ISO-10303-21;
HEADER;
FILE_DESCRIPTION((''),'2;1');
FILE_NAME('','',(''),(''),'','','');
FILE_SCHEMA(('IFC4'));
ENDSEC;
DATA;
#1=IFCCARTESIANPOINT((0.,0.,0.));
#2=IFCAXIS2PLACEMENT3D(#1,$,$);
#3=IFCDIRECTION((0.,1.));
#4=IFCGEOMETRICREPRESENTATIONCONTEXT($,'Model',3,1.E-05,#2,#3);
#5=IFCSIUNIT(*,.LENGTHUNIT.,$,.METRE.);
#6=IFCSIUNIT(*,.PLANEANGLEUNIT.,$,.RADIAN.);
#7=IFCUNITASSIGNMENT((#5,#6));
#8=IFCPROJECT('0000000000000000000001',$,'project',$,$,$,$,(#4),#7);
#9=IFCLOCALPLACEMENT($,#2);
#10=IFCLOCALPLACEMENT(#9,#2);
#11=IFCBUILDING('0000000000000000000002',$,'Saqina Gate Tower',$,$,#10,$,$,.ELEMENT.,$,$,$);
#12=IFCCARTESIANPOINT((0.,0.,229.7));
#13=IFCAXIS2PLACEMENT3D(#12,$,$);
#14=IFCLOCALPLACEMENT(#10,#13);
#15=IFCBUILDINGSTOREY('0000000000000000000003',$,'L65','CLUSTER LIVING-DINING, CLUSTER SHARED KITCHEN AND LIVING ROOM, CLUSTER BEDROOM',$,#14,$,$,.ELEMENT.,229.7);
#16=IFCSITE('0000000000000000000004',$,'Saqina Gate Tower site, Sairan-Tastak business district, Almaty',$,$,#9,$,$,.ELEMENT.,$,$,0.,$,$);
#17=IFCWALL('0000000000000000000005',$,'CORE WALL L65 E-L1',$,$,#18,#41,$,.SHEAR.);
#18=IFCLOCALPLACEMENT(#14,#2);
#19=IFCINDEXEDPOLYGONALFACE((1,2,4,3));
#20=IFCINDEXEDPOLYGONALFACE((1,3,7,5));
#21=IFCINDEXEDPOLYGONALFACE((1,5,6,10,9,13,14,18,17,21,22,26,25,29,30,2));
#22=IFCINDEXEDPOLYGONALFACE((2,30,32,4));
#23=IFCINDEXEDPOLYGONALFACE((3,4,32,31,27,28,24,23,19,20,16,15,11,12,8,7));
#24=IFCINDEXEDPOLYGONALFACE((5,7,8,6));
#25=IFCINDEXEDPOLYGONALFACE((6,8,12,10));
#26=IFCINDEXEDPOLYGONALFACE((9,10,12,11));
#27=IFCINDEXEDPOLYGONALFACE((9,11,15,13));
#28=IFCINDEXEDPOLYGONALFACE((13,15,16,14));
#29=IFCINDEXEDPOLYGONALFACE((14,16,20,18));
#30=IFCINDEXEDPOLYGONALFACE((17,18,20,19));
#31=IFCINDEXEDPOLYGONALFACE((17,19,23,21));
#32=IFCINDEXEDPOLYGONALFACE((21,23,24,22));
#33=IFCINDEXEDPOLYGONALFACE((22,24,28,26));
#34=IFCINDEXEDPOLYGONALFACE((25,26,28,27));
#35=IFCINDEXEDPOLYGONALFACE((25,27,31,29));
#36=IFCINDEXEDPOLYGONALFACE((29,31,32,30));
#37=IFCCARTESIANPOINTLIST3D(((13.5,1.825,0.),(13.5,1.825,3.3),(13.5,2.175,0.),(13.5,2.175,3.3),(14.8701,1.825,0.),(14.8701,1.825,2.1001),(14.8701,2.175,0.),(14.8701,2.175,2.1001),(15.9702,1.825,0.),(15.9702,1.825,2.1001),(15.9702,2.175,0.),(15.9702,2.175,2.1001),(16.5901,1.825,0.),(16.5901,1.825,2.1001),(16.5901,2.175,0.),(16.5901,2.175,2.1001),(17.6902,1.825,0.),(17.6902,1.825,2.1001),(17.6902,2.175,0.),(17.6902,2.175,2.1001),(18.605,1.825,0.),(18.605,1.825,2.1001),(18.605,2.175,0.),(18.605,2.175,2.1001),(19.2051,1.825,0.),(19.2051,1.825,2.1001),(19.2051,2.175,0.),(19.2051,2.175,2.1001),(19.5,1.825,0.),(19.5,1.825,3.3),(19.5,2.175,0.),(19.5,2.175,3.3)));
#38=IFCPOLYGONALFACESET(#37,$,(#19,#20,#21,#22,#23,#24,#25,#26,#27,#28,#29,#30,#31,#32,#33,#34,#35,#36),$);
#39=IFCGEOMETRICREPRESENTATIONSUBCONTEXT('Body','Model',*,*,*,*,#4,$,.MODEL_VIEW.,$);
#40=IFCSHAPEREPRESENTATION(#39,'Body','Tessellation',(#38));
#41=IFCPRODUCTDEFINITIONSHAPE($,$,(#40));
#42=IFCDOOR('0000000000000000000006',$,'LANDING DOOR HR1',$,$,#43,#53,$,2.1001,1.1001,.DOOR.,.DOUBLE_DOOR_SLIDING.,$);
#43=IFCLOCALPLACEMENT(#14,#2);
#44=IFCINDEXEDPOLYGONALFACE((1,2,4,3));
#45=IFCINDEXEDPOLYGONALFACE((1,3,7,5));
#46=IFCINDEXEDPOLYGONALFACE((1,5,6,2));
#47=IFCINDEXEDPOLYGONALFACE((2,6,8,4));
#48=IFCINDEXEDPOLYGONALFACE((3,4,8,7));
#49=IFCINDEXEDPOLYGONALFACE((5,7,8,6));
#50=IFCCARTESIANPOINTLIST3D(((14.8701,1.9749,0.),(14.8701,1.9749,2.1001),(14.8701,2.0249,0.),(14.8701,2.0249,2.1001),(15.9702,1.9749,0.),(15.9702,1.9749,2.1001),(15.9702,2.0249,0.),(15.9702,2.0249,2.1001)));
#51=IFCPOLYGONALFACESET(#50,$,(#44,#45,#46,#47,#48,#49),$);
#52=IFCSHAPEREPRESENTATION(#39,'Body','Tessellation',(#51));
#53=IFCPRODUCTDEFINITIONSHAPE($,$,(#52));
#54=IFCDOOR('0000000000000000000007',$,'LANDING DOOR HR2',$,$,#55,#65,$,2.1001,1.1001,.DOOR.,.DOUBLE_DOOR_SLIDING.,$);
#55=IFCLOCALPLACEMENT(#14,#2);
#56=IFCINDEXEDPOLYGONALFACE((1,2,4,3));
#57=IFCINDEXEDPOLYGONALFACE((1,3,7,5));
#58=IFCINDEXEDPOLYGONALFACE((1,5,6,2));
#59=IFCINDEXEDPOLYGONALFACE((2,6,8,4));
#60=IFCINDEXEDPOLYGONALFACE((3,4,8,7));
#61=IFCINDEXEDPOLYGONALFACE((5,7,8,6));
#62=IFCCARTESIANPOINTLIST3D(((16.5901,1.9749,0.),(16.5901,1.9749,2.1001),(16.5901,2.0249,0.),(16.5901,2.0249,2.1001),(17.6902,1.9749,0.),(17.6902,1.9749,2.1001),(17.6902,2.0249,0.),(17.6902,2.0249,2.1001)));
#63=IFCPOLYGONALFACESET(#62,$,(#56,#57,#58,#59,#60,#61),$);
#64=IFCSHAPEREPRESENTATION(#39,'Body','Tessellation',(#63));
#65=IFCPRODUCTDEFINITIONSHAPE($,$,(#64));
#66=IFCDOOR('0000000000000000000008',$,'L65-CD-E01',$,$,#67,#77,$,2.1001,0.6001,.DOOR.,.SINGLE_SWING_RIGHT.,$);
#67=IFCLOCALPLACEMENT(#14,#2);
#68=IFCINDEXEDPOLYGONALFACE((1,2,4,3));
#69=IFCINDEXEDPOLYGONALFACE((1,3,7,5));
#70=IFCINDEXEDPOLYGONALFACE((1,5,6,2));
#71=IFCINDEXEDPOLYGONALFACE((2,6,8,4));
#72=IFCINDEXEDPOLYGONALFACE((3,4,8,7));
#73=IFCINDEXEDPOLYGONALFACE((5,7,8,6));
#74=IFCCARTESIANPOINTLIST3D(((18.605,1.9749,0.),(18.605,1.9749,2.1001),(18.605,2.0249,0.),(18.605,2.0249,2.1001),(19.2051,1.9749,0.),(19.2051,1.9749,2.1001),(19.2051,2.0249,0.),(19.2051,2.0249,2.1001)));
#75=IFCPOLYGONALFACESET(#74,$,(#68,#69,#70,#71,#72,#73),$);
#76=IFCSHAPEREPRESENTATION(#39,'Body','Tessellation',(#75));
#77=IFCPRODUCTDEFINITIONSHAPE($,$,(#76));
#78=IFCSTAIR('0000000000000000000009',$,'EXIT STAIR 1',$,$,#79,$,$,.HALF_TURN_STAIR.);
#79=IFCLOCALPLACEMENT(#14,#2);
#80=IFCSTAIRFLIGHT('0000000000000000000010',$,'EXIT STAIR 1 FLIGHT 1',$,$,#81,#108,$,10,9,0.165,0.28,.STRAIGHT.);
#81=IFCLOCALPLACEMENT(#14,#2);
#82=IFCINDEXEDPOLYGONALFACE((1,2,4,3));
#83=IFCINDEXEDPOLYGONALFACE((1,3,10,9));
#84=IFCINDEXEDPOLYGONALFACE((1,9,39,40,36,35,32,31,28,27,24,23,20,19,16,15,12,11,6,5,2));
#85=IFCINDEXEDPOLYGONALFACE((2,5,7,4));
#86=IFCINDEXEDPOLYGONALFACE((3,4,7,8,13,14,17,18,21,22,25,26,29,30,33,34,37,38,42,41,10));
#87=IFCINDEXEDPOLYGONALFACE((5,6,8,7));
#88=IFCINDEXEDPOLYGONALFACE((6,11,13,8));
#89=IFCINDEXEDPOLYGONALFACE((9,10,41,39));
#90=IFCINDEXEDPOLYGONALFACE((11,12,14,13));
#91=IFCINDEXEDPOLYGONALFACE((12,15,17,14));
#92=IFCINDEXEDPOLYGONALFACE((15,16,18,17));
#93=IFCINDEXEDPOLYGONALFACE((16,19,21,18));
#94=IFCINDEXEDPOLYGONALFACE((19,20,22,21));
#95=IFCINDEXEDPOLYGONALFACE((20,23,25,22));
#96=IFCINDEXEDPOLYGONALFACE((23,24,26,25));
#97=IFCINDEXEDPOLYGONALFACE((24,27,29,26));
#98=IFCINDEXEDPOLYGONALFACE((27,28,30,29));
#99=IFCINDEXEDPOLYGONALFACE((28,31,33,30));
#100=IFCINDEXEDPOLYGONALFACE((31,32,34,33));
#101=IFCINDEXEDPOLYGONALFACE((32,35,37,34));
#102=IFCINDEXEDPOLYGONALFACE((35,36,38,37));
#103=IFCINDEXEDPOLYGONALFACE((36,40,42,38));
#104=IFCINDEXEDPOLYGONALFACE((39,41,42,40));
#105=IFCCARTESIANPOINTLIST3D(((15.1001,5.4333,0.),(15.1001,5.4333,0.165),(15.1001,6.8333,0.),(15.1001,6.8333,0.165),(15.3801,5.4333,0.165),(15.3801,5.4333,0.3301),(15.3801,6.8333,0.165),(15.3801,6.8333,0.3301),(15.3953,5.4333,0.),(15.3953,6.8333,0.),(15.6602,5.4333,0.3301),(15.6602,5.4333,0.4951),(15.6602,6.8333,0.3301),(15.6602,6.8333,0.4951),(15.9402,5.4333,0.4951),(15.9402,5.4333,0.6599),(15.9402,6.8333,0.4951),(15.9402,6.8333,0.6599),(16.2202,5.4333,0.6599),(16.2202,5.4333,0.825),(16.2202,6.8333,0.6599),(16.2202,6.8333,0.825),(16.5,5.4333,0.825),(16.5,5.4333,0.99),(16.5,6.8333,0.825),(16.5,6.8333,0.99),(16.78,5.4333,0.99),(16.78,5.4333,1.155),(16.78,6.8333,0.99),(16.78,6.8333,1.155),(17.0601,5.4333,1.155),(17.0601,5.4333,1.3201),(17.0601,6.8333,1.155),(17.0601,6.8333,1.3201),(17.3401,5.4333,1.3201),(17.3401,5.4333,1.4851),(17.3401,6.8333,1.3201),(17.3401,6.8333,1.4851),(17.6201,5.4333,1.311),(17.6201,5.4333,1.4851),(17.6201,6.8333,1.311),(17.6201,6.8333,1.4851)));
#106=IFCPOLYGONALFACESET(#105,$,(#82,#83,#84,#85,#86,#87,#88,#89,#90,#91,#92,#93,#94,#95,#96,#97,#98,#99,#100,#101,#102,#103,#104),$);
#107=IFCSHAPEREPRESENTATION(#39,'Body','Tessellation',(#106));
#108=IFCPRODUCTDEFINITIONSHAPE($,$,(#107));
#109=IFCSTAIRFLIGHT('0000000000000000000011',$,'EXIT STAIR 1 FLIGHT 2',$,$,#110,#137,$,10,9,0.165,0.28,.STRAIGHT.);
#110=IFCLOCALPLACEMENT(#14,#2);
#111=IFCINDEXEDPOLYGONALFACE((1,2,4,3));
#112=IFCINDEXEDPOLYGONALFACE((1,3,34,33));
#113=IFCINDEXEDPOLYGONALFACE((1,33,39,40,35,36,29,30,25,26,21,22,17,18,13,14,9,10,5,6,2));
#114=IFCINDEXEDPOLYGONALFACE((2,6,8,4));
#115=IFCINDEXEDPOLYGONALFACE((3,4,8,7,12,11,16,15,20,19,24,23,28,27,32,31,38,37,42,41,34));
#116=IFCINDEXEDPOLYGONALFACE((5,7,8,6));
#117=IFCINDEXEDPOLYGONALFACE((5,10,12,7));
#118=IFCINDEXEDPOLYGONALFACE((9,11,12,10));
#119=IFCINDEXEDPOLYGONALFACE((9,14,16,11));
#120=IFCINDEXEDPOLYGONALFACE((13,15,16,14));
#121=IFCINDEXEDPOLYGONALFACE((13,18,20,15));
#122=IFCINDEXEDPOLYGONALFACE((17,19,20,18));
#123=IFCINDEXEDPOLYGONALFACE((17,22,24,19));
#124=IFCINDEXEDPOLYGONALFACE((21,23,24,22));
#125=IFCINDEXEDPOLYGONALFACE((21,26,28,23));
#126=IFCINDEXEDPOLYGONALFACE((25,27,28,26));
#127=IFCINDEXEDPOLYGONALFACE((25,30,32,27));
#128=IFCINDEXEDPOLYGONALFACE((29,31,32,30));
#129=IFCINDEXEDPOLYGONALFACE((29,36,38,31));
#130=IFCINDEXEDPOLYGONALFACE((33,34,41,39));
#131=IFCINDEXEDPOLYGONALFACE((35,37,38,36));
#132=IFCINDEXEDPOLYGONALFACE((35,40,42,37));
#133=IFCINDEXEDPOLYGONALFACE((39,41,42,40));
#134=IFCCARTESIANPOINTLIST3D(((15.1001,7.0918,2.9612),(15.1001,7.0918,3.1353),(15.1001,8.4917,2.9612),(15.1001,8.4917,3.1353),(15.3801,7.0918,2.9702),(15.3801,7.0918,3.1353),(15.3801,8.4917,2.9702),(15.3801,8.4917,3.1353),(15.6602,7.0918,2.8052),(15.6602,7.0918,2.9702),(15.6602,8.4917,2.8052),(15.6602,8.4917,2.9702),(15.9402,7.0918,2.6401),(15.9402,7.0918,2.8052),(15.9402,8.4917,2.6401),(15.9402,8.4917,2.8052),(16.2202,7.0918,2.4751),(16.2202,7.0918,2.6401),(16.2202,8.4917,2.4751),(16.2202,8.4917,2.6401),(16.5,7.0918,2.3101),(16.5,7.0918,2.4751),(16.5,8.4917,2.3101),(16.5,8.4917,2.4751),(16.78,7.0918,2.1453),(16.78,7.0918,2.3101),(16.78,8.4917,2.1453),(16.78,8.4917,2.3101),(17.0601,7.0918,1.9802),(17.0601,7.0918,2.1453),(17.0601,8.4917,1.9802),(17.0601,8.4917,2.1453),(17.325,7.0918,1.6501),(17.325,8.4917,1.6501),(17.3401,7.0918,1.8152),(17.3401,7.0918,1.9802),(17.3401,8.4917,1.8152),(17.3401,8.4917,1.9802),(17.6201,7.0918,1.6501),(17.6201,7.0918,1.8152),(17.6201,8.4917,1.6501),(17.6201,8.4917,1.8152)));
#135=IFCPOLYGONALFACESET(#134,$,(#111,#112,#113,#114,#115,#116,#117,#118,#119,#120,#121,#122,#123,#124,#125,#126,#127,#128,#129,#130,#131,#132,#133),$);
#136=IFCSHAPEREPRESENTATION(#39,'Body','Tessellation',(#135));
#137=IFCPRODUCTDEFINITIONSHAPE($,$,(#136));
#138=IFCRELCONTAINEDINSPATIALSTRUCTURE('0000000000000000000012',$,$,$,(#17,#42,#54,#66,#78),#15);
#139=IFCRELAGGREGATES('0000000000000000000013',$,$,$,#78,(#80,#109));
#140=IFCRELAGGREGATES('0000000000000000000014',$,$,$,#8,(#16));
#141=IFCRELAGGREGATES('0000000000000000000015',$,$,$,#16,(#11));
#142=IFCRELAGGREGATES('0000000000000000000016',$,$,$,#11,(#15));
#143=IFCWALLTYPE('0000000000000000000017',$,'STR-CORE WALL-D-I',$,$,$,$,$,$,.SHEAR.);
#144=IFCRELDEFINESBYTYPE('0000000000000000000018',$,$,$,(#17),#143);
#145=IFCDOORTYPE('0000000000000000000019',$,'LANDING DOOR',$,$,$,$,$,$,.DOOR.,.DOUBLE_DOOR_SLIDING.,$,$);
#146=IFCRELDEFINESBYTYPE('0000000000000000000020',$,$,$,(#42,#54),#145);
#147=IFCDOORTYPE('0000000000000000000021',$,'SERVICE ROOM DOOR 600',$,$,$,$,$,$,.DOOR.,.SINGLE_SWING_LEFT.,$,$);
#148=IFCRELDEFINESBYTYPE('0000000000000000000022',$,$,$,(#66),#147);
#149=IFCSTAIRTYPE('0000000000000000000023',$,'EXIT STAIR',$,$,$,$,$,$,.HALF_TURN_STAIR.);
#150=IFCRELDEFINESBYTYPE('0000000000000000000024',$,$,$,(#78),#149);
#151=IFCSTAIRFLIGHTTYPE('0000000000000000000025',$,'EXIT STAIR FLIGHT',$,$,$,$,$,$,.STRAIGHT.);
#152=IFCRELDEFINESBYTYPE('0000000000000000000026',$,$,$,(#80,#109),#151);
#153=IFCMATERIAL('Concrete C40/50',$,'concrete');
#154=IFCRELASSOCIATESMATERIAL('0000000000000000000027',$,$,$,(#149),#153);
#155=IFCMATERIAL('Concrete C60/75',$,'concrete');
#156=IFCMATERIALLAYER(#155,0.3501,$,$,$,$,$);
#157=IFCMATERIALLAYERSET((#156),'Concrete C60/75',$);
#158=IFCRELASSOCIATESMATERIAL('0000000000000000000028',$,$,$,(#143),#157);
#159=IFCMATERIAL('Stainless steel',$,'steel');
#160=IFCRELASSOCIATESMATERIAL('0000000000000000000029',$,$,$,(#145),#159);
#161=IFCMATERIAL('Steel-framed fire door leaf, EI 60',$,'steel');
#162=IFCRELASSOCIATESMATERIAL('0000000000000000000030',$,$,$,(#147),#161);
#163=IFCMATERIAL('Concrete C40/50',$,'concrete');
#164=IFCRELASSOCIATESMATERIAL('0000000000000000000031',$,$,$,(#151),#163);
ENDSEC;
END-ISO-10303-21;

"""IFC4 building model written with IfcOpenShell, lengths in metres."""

from ifc_helpers import new_model, si_unit, direction, frame, frame_2d, origin, place, context, subcontext, project, spatial, polyline, rectangle, outline, extrude, material, layer, layer_set, type_object, element, fill, aggregate, save


model = new_model("IFC4")

# Units and contexts
model_context = context("Model", 3, precision=1e-05, world=origin(), true_north=direction((0.0, 1.0)))
body_context = subcontext(model_context, "Body", "Model", "MODEL_VIEW")
ifc_project = project(units=[si_unit("LENGTHUNIT", "METRE"), si_unit("PLANEANGLEUNIT", "RADIAN")], contexts=[model_context])

# Site, building, storey
site_placement = place(None, origin())
site = spatial("IfcSite", under=ifc_project, at=site_placement, Name="Saqina Gate Tower site, Sairan-Tastak business district, Almaty", CompositionType="ELEMENT", RefElevation=0.0)
building_placement = place(site_placement, origin())
building = spatial("IfcBuilding", under=site, at=building_placement, Name="Saqina Gate Tower", CompositionType="ELEMENT")
storey_placement = place(building_placement, frame((0.0, 0.0, 229.7)))
storey = spatial("IfcBuildingStorey", under=building, at=storey_placement, Name="L65", Description="CLUSTER LIVING-DINING, CLUSTER SHARED KITCHEN AND LIVING ROOM, CLUSTER BEDROOM", CompositionType="ELEMENT", Elevation=229.7)

# Shared definitions
ifc_material_1 = material(Name="Concrete C40/50", Category="concrete")
stair_type = type_object("IfcStairType", Name="EXIT STAIR", PredefinedType="HALF_TURN_STAIR", material=ifc_material_1)

# Shared definitions
ifc_material_2 = material(Name="Concrete C60/75", Category="concrete")
ifc_layer_1 = layer(ifc_material_2, 0.3501)
ifc_layer_set_1 = layer_set([ifc_layer_1], Name="Concrete C60/75")
wall_type_1 = type_object("IfcWallType", Name="STR-CORE WALL-D-I", PredefinedType="SHEAR", material=ifc_layer_set_1)

# Wall, openings, doors
wall_1_placement = place(storey_placement, frame((13.5, 2.0, 0.0), z_axis=(0.0, 0.0, 1.0), x_axis=(1.0, 0.0, 0.0)))
wall_1 = element("IfcWall", 1, at=wall_1_placement, inside=storey, type_object=wall_type_1, Name="CORE WALL L65 E-L1", PredefinedType="SHEAR", context=body_context, shape_type="SweptSolid", body=[
    extrude(rectangle(XDim=6.0, YDim=0.3501, at=frame_2d((3.0, 0.0))), origin(), (0.0, 0.0, 1.0), 3.3),
])
opening_1_placement = place(wall_1_placement, frame((1.3701, 0.0, 0.0)))
opening_1 = element("IfcOpeningElement", 2, at=opening_1_placement, cuts=wall_1, PredefinedType="OPENING", context=body_context, shape_type="SweptSolid", body=[
    extrude(rectangle(XDim=1.1001, YDim=2.1001, at=frame_2d((0.55, 1.05))), frame((0.0, 0.187, 0.0), z_axis=(0.0, -1.0, 0.0), x_axis=(1.0, 0.0, 0.0)), (0.0, 0.0, 1.0), 0.374),
])
opening_2_placement = place(wall_1_placement, frame((3.0901, 0.0, 0.0)))
opening_2 = element("IfcOpeningElement", 3, at=opening_2_placement, cuts=wall_1, PredefinedType="OPENING", context=body_context, shape_type="SweptSolid", body=[
    extrude(rectangle(XDim=1.1001, YDim=2.1001, at=frame_2d((0.55, 1.05))), frame((0.0, 0.187, 0.0), z_axis=(0.0, -1.0, 0.0), x_axis=(1.0, 0.0, 0.0)), (0.0, 0.0, 1.0), 0.374),
])
opening_3_placement = place(wall_1_placement, frame((5.105, 0.0, 0.0)))
opening_3 = element("IfcOpeningElement", 4, at=opening_3_placement, cuts=wall_1, PredefinedType="OPENING", context=body_context, shape_type="SweptSolid", body=[
    extrude(rectangle(XDim=0.6001, YDim=2.1001, at=frame_2d((0.3, 1.05))), frame((0.0, 0.187, 0.0), z_axis=(0.0, -1.0, 0.0), x_axis=(1.0, 0.0, 0.0)), (0.0, 0.0, 1.0), 0.374),
])
ifc_material_3 = material(Name="Stainless steel", Category="steel")
door_type_1 = type_object("IfcDoorType", Name="LANDING DOOR", OperationType="DOUBLE_DOOR_SLIDING", PredefinedType="DOOR", material=ifc_material_3)
door_1_placement = place(opening_1_placement, origin())
door_1 = element("IfcDoor", 5, at=door_1_placement, inside=storey, type_object=door_type_1, Name="LANDING DOOR HR1", OperationType="DOUBLE_DOOR_SLIDING", OverallHeight=2.1001, OverallWidth=1.1001, PredefinedType="DOOR", context=body_context, shape_type="SweptSolid", body=[
    extrude(rectangle(XDim=1.1001, YDim=2.1001, at=frame_2d((0.55, 1.05))), frame((0.0, 0.0249, 0.0), z_axis=(0.0, -1.0, 0.0), x_axis=(1.0, 0.0, 0.0)), (0.0, 0.0, 1.0), 0.05),
])
fill(opening_1, door_1)
door_2_placement = place(opening_2_placement, origin())
door_2 = element("IfcDoor", 6, at=door_2_placement, inside=storey, type_object=door_type_1, Name="LANDING DOOR HR2", OperationType="DOUBLE_DOOR_SLIDING", OverallHeight=2.1001, OverallWidth=1.1001, PredefinedType="DOOR", context=body_context, shape_type="SweptSolid", body=[
    extrude(rectangle(XDim=1.1001, YDim=2.1001, at=frame_2d((0.55, 1.05))), frame((0.0, 0.0249, 0.0), z_axis=(0.0, -1.0, 0.0), x_axis=(1.0, 0.0, 0.0)), (0.0, 0.0, 1.0), 0.05),
])
fill(opening_2, door_2)
ifc_material_4 = material(Name="Steel-framed fire door leaf, EI 60", Category="steel")
door_type_2 = type_object("IfcDoorType", Name="SERVICE ROOM DOOR 600", OperationType="SINGLE_SWING_LEFT", PredefinedType="DOOR", material=ifc_material_4)
door_3_placement = place(opening_3_placement, origin())
door_3 = element("IfcDoor", 7, at=door_3_placement, inside=storey, type_object=door_type_2, Name="L65-CD-E01", OperationType="SINGLE_SWING_RIGHT", OverallHeight=2.1001, OverallWidth=0.6001, PredefinedType="DOOR", context=body_context, shape_type="SweptSolid", body=[
    extrude(rectangle(XDim=0.6001, YDim=2.1001, at=frame_2d((0.3, 1.05))), frame((0.0, 0.0249, 0.0), z_axis=(0.0, -1.0, 0.0), x_axis=(1.0, 0.0, 0.0)), (0.0, 0.0, 1.0), 0.05),
])
fill(opening_3, door_3)

# Stair, stair flights
stair_1_placement = place(storey_placement, origin())
stair_1 = element("IfcStair", 8, at=stair_1_placement, inside=storey, type_object=stair_type, Name="EXIT STAIR 1", PredefinedType="HALF_TURN_STAIR")
ifc_material_5 = material(Name="Concrete C40/50", Category="concrete")
stair_flight_type = type_object("IfcStairFlightType", Name="EXIT STAIR FLIGHT", PredefinedType="STRAIGHT", material=ifc_material_5)
stair_flight_1_placement = place(storey_placement, frame((15.1001, 6.1333, 0.0), z_axis=(0.0, 0.0, 1.0), x_axis=(1.0, 0.0, 0.0)))
stair_flight_1 = element("IfcStairFlight", 9, at=stair_flight_1_placement, type_object=stair_flight_type, Name="EXIT STAIR 1 FLIGHT 1", NumberOfRisers=10, NumberOfTreads=9, PredefinedType="STRAIGHT", RiserHeight=0.165, TreadLength=0.28, context=body_context, shape_type="SweptSolid", body=[
    extrude(outline(polyline([(0.0, 0.0), (0.0, 0.165), (0.28, 0.165), (0.28, 0.3301), (0.5601, 0.3301), (0.5601, 0.4951), (0.8401, 0.4951), (0.8401, 0.6599), (1.1201, 0.6599), (1.1201, 0.825), (1.3999, 0.825), (1.3999, 0.99), (1.6799, 0.99), (1.6799, 1.155), (1.96, 1.155), (1.96, 1.3201), (2.24, 1.3201), (2.24, 1.4851), (2.52, 1.4851), (2.52, 1.6499), (2.52, 1.311), (0.2952, 0.0), (0.0, 0.0)])), frame((0.0, 0.7, 0.0), z_axis=(0.0, -1.0, 0.0), x_axis=(1.0, 0.0, 0.0)), (0.0, 0.0, 1.0), 1.3999),
])
stair_flight_2_placement = place(storey_placement, frame((17.6201, 7.7917, 1.6501), z_axis=(0.0, 0.0, 1.0), x_axis=(-1.0, 0.0, 0.0)))
stair_flight_2 = element("IfcStairFlight", 10, at=stair_flight_2_placement, type_object=stair_flight_type, Name="EXIT STAIR 1 FLIGHT 2", NumberOfRisers=10, NumberOfTreads=9, PredefinedType="STRAIGHT", RiserHeight=0.165, TreadLength=0.28, context=body_context, shape_type="SweptSolid", body=[
    extrude(outline(polyline([(0.0, 0.0), (0.0, 0.165), (0.28, 0.165), (0.28, 0.3301), (0.5601, 0.3301), (0.5601, 0.4951), (0.8401, 0.4951), (0.8401, 0.6599), (1.1201, 0.6599), (1.1201, 0.825), (1.3999, 0.825), (1.3999, 0.99), (1.6799, 0.99), (1.6799, 1.155), (1.96, 1.155), (1.96, 1.3201), (2.24, 1.3201), (2.24, 1.4851), (2.52, 1.4851), (2.52, 1.6499), (2.52, 1.311), (0.2952, 0.0), (0.0, 0.0)])), frame((0.0, 0.7, 0.0), z_axis=(0.0, -1.0, 0.0), x_axis=(1.0, 0.0, 0.0)), (0.0, 0.0, 1.0), 1.3999),
])
aggregate(stair_1, [stair_flight_1, stair_flight_2])

save(model, "model.ifc")
